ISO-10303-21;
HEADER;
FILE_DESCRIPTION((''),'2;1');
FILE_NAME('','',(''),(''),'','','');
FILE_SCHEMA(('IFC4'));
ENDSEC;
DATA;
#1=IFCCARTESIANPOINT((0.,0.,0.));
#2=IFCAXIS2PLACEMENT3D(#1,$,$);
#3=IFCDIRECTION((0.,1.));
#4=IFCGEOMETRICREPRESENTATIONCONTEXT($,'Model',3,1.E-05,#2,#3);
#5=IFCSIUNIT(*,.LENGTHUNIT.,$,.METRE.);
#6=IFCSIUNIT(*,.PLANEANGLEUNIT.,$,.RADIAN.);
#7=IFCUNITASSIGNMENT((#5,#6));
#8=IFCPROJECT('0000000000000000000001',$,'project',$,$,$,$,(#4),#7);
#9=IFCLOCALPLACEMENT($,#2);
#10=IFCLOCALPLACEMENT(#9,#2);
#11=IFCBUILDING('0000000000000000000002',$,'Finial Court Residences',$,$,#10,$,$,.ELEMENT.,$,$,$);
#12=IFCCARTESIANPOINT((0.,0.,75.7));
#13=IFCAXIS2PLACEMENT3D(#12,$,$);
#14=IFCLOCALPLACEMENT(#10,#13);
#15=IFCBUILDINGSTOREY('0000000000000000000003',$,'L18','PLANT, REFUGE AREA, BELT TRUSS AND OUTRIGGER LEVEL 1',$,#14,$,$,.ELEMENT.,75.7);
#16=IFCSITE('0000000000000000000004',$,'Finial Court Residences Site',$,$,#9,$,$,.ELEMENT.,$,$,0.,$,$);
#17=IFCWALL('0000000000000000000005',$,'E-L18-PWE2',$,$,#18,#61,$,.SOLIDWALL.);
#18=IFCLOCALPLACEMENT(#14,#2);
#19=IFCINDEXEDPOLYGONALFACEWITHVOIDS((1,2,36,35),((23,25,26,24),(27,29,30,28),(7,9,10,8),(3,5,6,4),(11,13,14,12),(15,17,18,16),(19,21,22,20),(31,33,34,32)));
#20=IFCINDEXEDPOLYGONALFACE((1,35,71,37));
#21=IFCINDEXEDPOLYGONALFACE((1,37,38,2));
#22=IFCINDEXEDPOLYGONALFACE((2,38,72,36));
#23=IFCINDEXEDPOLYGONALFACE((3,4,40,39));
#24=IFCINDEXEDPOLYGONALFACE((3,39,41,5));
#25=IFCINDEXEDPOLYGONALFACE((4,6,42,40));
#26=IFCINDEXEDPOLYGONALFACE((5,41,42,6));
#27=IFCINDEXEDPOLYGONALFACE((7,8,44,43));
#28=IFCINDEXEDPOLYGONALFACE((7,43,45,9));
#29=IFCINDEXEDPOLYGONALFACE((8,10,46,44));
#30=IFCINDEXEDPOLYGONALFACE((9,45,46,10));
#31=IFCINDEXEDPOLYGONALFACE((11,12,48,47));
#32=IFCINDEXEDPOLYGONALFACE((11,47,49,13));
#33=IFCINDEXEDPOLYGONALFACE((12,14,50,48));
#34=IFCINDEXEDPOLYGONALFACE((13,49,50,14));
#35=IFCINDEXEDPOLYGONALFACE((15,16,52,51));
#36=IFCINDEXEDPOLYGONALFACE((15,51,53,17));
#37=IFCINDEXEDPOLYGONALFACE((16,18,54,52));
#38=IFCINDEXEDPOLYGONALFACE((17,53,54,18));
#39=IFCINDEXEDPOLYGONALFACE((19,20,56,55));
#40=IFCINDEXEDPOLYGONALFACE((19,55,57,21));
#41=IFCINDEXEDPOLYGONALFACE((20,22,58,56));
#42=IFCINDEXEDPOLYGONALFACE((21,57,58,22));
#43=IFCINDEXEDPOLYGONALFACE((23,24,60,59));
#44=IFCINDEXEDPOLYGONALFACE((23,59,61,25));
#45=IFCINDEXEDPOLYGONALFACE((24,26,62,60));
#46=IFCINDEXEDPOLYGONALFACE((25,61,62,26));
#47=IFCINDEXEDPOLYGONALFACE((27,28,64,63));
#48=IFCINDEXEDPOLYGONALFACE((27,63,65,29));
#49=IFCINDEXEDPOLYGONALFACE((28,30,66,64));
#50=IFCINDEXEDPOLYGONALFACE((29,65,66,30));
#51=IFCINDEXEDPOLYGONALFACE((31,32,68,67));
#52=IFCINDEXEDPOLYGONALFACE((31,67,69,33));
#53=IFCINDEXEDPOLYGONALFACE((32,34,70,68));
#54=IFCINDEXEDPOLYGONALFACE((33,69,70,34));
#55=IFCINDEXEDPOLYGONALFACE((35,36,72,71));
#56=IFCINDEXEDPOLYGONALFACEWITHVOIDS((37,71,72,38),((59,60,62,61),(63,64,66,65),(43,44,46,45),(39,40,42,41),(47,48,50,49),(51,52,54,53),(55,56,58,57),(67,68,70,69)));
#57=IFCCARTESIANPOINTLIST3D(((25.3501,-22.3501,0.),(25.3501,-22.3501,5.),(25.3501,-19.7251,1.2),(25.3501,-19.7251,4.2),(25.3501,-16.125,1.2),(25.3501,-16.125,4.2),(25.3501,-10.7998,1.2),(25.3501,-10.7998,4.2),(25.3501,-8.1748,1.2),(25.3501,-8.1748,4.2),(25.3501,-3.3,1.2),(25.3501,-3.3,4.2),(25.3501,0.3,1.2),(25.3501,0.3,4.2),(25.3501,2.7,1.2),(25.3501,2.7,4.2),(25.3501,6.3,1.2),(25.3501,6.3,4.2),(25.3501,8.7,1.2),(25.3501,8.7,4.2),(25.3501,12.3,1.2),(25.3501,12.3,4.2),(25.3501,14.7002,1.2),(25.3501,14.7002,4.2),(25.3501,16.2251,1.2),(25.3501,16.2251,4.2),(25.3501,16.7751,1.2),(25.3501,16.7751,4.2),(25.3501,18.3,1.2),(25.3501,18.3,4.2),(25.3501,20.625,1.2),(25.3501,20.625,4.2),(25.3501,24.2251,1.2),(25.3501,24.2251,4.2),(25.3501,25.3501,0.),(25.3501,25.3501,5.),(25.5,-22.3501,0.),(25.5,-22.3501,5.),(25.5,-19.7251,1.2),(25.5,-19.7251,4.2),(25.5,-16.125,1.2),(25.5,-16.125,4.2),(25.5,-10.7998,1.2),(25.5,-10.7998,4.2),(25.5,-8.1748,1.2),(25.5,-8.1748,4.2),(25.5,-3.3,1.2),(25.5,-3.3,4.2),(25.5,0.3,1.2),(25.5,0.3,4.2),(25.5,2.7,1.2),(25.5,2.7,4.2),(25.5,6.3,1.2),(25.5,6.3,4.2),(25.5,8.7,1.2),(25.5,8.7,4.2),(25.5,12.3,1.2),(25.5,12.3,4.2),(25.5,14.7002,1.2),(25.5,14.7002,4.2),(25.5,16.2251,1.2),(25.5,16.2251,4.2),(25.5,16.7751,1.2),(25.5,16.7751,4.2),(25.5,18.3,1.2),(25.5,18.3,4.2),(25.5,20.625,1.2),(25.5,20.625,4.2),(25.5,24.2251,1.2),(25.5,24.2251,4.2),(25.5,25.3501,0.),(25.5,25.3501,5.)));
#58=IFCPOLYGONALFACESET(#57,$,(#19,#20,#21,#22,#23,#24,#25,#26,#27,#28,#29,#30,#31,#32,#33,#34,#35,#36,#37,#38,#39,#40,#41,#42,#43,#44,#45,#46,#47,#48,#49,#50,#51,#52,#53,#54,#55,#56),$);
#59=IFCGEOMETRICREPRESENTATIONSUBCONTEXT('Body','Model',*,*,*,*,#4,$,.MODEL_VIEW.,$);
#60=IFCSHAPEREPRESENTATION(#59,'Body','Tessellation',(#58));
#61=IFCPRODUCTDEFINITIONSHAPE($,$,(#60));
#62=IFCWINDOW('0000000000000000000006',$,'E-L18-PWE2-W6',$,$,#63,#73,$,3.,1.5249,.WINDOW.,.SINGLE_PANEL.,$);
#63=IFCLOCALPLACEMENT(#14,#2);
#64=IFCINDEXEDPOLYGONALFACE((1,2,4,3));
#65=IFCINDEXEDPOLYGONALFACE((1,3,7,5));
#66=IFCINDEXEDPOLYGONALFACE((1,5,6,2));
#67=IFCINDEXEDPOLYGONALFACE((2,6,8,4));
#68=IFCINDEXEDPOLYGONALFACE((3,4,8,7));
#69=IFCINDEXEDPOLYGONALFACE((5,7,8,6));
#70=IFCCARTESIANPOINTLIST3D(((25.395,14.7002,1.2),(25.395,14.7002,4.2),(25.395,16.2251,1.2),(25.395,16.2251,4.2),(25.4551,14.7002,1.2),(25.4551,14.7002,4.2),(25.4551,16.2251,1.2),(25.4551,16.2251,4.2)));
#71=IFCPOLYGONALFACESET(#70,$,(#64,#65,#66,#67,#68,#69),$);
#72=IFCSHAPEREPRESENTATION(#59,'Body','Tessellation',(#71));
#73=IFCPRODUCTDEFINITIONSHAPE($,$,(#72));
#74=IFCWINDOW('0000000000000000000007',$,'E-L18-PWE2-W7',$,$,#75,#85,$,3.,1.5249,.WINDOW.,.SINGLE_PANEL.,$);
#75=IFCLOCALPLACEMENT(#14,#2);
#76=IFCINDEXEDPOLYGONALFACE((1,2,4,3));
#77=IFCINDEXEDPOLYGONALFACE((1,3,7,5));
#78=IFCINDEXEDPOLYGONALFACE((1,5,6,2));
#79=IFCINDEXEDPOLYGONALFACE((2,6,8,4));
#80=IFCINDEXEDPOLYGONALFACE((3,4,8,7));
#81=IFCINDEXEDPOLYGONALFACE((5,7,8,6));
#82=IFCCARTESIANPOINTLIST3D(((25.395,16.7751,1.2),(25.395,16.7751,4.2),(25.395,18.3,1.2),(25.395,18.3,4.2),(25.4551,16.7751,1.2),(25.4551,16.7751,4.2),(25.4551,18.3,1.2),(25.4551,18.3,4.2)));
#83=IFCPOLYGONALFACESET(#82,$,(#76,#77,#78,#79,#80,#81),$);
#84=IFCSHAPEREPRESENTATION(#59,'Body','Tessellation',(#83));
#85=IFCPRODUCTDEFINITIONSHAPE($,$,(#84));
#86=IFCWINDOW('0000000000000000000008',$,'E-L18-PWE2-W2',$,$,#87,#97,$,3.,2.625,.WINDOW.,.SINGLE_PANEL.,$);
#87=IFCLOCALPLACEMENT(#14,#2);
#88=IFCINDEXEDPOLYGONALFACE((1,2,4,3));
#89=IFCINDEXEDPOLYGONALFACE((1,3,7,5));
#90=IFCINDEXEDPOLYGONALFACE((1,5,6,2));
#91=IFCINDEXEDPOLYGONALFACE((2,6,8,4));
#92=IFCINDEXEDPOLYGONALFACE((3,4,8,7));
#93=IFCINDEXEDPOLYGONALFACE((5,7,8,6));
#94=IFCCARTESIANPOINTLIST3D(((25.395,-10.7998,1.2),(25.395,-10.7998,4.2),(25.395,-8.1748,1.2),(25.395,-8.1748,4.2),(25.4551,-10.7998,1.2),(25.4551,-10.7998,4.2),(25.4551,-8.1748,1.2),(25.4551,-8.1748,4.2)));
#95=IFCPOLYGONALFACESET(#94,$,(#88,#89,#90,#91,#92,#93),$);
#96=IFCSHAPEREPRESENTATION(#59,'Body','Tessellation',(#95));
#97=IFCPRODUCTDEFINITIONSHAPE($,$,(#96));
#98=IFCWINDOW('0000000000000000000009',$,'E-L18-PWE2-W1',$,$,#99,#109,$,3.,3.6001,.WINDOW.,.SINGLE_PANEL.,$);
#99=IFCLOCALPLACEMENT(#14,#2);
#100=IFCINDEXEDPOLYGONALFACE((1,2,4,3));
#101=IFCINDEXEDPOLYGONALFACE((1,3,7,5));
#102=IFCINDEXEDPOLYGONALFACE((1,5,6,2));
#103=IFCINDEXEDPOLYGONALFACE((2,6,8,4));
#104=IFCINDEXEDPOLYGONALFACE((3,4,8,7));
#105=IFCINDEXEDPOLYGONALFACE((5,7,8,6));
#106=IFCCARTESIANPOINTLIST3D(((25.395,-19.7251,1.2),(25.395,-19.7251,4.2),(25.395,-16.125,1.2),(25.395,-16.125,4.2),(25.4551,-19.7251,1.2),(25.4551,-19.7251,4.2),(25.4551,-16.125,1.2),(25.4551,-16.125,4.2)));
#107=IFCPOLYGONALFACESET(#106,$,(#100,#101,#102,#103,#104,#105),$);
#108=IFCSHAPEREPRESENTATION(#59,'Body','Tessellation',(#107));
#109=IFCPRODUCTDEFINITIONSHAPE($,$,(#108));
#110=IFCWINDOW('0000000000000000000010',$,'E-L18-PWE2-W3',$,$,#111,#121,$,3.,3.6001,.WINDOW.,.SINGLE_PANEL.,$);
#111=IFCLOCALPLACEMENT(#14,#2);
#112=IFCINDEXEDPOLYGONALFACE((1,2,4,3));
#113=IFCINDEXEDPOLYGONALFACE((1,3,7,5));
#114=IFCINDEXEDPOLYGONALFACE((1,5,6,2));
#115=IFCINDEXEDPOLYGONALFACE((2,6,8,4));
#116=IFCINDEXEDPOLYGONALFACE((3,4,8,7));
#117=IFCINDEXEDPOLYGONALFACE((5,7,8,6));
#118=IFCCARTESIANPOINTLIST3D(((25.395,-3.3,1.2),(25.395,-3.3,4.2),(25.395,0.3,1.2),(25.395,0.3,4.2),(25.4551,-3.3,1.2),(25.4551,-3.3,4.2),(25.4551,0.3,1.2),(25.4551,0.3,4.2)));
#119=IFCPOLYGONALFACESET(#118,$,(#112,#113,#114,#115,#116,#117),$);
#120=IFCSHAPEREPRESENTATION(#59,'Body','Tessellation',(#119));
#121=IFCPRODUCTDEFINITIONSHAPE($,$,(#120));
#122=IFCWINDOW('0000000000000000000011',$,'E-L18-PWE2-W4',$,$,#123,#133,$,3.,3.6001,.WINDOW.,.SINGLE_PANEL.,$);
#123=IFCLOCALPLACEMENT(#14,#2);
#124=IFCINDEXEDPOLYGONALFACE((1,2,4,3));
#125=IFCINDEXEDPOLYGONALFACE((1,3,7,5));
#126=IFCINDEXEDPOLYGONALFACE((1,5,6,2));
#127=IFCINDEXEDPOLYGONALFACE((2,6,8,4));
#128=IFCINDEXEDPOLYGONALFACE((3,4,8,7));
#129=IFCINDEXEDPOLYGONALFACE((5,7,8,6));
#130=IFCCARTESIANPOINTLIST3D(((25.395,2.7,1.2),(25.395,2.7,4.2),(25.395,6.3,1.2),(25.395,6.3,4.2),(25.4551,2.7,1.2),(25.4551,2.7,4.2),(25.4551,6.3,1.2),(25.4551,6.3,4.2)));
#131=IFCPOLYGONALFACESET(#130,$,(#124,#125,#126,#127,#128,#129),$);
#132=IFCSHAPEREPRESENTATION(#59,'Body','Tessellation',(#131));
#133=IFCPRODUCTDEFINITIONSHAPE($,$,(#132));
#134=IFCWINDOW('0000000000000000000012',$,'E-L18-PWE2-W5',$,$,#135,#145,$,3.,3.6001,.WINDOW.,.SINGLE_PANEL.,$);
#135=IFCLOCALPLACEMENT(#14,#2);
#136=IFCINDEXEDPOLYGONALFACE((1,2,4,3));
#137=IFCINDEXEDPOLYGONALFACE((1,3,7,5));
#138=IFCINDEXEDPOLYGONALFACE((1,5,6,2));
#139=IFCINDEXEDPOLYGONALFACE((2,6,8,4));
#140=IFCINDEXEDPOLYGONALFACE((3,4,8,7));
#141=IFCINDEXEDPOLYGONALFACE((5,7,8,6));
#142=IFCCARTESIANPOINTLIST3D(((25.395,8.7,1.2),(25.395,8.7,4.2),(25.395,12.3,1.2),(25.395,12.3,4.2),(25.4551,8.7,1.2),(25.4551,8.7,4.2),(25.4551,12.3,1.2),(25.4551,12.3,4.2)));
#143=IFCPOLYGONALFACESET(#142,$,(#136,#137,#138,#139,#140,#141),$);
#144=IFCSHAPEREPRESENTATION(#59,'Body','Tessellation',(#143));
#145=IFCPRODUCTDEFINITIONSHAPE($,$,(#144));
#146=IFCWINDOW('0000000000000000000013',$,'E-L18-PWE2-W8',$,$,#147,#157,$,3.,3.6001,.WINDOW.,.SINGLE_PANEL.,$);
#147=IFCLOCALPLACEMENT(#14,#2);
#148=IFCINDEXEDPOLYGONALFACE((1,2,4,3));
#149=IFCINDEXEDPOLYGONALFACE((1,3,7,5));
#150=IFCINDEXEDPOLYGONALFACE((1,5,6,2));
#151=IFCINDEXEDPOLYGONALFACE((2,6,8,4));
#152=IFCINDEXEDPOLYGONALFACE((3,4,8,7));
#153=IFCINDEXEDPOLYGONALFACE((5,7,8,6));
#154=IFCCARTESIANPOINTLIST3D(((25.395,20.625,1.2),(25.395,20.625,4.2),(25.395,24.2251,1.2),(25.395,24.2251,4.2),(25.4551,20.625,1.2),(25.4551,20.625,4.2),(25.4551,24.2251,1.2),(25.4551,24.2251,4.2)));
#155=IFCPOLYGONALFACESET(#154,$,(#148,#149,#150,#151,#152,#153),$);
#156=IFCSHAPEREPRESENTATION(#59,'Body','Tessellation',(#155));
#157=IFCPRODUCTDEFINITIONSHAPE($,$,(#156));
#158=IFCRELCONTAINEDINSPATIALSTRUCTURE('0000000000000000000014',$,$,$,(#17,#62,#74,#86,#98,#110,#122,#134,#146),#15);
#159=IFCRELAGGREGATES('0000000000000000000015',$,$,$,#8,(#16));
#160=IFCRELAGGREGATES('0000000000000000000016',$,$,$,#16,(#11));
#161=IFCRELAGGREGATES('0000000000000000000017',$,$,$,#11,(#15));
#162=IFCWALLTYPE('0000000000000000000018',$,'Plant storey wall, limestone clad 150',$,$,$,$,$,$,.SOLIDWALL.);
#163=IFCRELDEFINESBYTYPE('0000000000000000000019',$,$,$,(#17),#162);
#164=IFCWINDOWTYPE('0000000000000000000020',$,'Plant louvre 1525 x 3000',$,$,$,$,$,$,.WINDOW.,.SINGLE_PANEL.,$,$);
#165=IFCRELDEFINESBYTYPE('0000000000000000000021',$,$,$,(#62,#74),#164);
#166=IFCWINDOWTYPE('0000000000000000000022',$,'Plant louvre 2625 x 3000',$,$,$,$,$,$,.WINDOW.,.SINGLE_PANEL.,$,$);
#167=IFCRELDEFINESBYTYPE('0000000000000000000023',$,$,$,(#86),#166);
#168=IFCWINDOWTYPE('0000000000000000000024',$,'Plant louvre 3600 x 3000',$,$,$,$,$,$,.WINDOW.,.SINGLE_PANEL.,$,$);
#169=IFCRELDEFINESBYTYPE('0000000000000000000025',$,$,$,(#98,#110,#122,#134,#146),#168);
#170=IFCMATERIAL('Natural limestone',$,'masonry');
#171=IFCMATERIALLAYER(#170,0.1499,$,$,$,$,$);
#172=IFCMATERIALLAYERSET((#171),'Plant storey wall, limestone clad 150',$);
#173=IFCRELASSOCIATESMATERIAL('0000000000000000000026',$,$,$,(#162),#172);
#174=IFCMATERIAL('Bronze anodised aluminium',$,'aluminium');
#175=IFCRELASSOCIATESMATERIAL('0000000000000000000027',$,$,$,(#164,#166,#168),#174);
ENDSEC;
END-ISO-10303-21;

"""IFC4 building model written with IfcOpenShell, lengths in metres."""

from ifc_helpers import new_model, si_unit, direction, frame, frame_2d, origin, place, context, subcontext, project, spatial, rectangle, extrude, material, layer, layer_set, type_object, element, fill, save


model = new_model("IFC4")

# Units and contexts
model_context = context("Model", 3, precision=1e-05, world=origin(), true_north=direction((0.0, 1.0)))
body_context = subcontext(model_context, "Body", "Model", "MODEL_VIEW")
ifc_project = project(units=[si_unit("LENGTHUNIT", "METRE"), si_unit("PLANEANGLEUNIT", "RADIAN")], contexts=[model_context])

# Site, building, storey
site_placement = place(None, origin())
site = spatial("IfcSite", under=ifc_project, at=site_placement, Name="Finial Court Residences Site", CompositionType="ELEMENT", RefElevation=0.0)
building_placement = place(site_placement, origin())
building = spatial("IfcBuilding", under=site, at=building_placement, Name="Finial Court Residences", CompositionType="ELEMENT")
storey_placement = place(building_placement, frame((0.0, 0.0, 75.7)))
storey = spatial("IfcBuildingStorey", under=building, at=storey_placement, Name="L18", Description="PLANT, REFUGE AREA, BELT TRUSS AND OUTRIGGER LEVEL 1", CompositionType="ELEMENT", Elevation=75.7)

# Wall, openings, windows
ifc_material_1 = material(Name="Natural limestone", Category="masonry")
ifc_layer = layer(ifc_material_1, 0.1499)
ifc_layer_set = layer_set([ifc_layer], Name="Plant storey wall, limestone clad 150")
wall_type = type_object("IfcWallType", Name="Plant storey wall, limestone clad 150", PredefinedType="SOLIDWALL", material=ifc_layer_set)
wall_1_placement = place(storey_placement, frame((25.425, 25.3501, 0.0), z_axis=(0.0, 0.0, 1.0), x_axis=(0.0, -1.0, 0.0)))
wall_1 = element("IfcWall", 1, at=wall_1_placement, inside=storey, type_object=wall_type, Name="E-L18-PWE2", PredefinedType="SOLIDWALL", context=body_context, shape_type="SweptSolid", body=[
    extrude(rectangle(XDim=47.7002, YDim=0.1499, at=frame_2d((23.8501, 0.0))), origin(), (0.0, 0.0, 1.0), 5.0),
])
opening_1_placement = place(wall_1_placement, frame((41.4751, 0.0, 1.2)))
opening_1 = element("IfcOpeningElement", 2, at=opening_1_placement, cuts=wall_1, PredefinedType="OPENING", context=body_context, shape_type="SweptSolid", body=[
    extrude(rectangle(XDim=3.6001, YDim=3.0, at=frame_2d((1.8, 1.5))), frame((0.0, 0.085, 0.0), z_axis=(0.0, -1.0, 0.0), x_axis=(1.0, 0.0, 0.0)), (0.0, 0.0, 1.0), 0.1699),
])
opening_2_placement = place(wall_1_placement, frame((33.5249, 0.0, 1.2)))
opening_2 = element("IfcOpeningElement", 3, at=opening_2_placement, cuts=wall_1, PredefinedType="OPENING", context=body_context, shape_type="SweptSolid", body=[
    extrude(rectangle(XDim=2.625, YDim=3.0, at=frame_2d((1.3125, 1.5))), frame((0.0, 0.085, 0.0), z_axis=(0.0, -1.0, 0.0), x_axis=(1.0, 0.0, 0.0)), (0.0, 0.0, 1.0), 0.1699),
])
opening_3_placement = place(wall_1_placement, frame((25.05, 0.0, 1.2)))
opening_3 = element("IfcOpeningElement", 4, at=opening_3_placement, cuts=wall_1, PredefinedType="OPENING", context=body_context, shape_type="SweptSolid", body=[
    extrude(rectangle(XDim=3.6001, YDim=3.0, at=frame_2d((1.8, 1.5))), frame((0.0, 0.085, 0.0), z_axis=(0.0, -1.0, 0.0), x_axis=(1.0, 0.0, 0.0)), (0.0, 0.0, 1.0), 0.1699),
])
opening_4_placement = place(wall_1_placement, frame((19.05, 0.0, 1.2)))
opening_4 = element("IfcOpeningElement", 5, at=opening_4_placement, cuts=wall_1, PredefinedType="OPENING", context=body_context, shape_type="SweptSolid", body=[
    extrude(rectangle(XDim=3.6001, YDim=3.0, at=frame_2d((1.8, 1.5))), frame((0.0, 0.085, 0.0), z_axis=(0.0, -1.0, 0.0), x_axis=(1.0, 0.0, 0.0)), (0.0, 0.0, 1.0), 0.1699),
])
opening_5_placement = place(wall_1_placement, frame((13.05, 0.0, 1.2)))
opening_5 = element("IfcOpeningElement", 6, at=opening_5_placement, cuts=wall_1, PredefinedType="OPENING", context=body_context, shape_type="SweptSolid", body=[
    extrude(rectangle(XDim=3.6001, YDim=3.0, at=frame_2d((1.8, 1.5))), frame((0.0, 0.085, 0.0), z_axis=(0.0, -1.0, 0.0), x_axis=(1.0, 0.0, 0.0)), (0.0, 0.0, 1.0), 0.1699),
])
opening_6_placement = place(wall_1_placement, frame((9.125, 0.0, 1.2)))
opening_6 = element("IfcOpeningElement", 7, at=opening_6_placement, cuts=wall_1, PredefinedType="OPENING", context=body_context, shape_type="SweptSolid", body=[
    extrude(rectangle(XDim=1.5249, YDim=3.0, at=frame_2d((0.7625, 1.5))), frame((0.0, 0.085, 0.0), z_axis=(0.0, -1.0, 0.0), x_axis=(1.0, 0.0, 0.0)), (0.0, 0.0, 1.0), 0.1699),
])
opening_7_placement = place(wall_1_placement, frame((7.05, 0.0, 1.2)))
opening_7 = element("IfcOpeningElement", 8, at=opening_7_placement, cuts=wall_1, PredefinedType="OPENING", context=body_context, shape_type="SweptSolid", body=[
    extrude(rectangle(XDim=1.5249, YDim=3.0, at=frame_2d((0.7625, 1.5))), frame((0.0, 0.085, 0.0), z_axis=(0.0, -1.0, 0.0), x_axis=(1.0, 0.0, 0.0)), (0.0, 0.0, 1.0), 0.1699),
])
opening_8_placement = place(wall_1_placement, frame((1.125, 0.0, 1.2)))
opening_8 = element("IfcOpeningElement", 9, at=opening_8_placement, cuts=wall_1, PredefinedType="OPENING", context=body_context, shape_type="SweptSolid", body=[
    extrude(rectangle(XDim=3.6001, YDim=3.0, at=frame_2d((1.8, 1.5))), frame((0.0, 0.085, 0.0), z_axis=(0.0, -1.0, 0.0), x_axis=(1.0, 0.0, 0.0)), (0.0, 0.0, 1.0), 0.1699),
])
ifc_material_2 = material(Name="Bronze anodised aluminium", Category="aluminium")
window_type_1 = type_object("IfcWindowType", Name="Plant louvre 1525 x 3000", PartitioningType="SINGLE_PANEL", PredefinedType="WINDOW", material=ifc_material_2)
window_1_placement = place(opening_6_placement, origin())
window_1 = element("IfcWindow", 10, at=window_1_placement, inside=storey, type_object=window_type_1, Name="E-L18-PWE2-W6", OverallHeight=3.0, OverallWidth=1.5249, PartitioningType="SINGLE_PANEL", PredefinedType="WINDOW", context=body_context, shape_type="SweptSolid", body=[
    extrude(rectangle(XDim=1.5249, YDim=3.0, at=frame_2d((0.7625, 1.5))), frame((0.0, 0.03, 0.0), z_axis=(0.0, -1.0, 0.0), x_axis=(1.0, 0.0, 0.0)), (0.0, 0.0, 1.0), 0.0601),
])
fill(opening_6, window_1)
window_2_placement = place(opening_7_placement, origin())
window_2 = element("IfcWindow", 11, at=window_2_placement, inside=storey, type_object=window_type_1, Name="E-L18-PWE2-W7", OverallHeight=3.0, OverallWidth=1.5249, PartitioningType="SINGLE_PANEL", PredefinedType="WINDOW", context=body_context, shape_type="SweptSolid", body=[
    extrude(rectangle(XDim=1.5249, YDim=3.0, at=frame_2d((0.7625, 1.5))), frame((0.0, 0.03, 0.0), z_axis=(0.0, -1.0, 0.0), x_axis=(1.0, 0.0, 0.0)), (0.0, 0.0, 1.0), 0.0601),
])
fill(opening_7, window_2)
window_type_2 = type_object("IfcWindowType", Name="Plant louvre 2625 x 3000", PartitioningType="SINGLE_PANEL", PredefinedType="WINDOW", material=ifc_material_2)
window_3_placement = place(opening_2_placement, origin())
window_3 = element("IfcWindow", 12, at=window_3_placement, inside=storey, type_object=window_type_2, Name="E-L18-PWE2-W2", OverallHeight=3.0, OverallWidth=2.625, PartitioningType="SINGLE_PANEL", PredefinedType="WINDOW", context=body_context, shape_type="SweptSolid", body=[
    extrude(rectangle(XDim=2.625, YDim=3.0, at=frame_2d((1.3125, 1.5))), frame((0.0, 0.03, 0.0), z_axis=(0.0, -1.0, 0.0), x_axis=(1.0, 0.0, 0.0)), (0.0, 0.0, 1.0), 0.0601),
])
fill(opening_2, window_3)
window_type_3 = type_object("IfcWindowType", Name="Plant louvre 3600 x 3000", PartitioningType="SINGLE_PANEL", PredefinedType="WINDOW", material=ifc_material_2)
window_4_placement = place(opening_1_placement, origin())
window_4 = element("IfcWindow", 13, at=window_4_placement, inside=storey, type_object=window_type_3, Name="E-L18-PWE2-W1", OverallHeight=3.0, OverallWidth=3.6001, PartitioningType="SINGLE_PANEL", PredefinedType="WINDOW", context=body_context, shape_type="SweptSolid", body=[
    extrude(rectangle(XDim=3.6001, YDim=3.0, at=frame_2d((1.8, 1.5))), frame((0.0, 0.03, 0.0), z_axis=(0.0, -1.0, 0.0), x_axis=(1.0, 0.0, 0.0)), (0.0, 0.0, 1.0), 0.0601),
])
fill(opening_1, window_4)
window_5_placement = place(opening_3_placement, origin())
window_5 = element("IfcWindow", 14, at=window_5_placement, inside=storey, type_object=window_type_3, Name="E-L18-PWE2-W3", OverallHeight=3.0, OverallWidth=3.6001, PartitioningType="SINGLE_PANEL", PredefinedType="WINDOW", context=body_context, shape_type="SweptSolid", body=[
    extrude(rectangle(XDim=3.6001, YDim=3.0, at=frame_2d((1.8, 1.5))), frame((0.0, 0.03, 0.0), z_axis=(0.0, -1.0, 0.0), x_axis=(1.0, 0.0, 0.0)), (0.0, 0.0, 1.0), 0.0601),
])
fill(opening_3, window_5)
window_6_placement = place(opening_4_placement, origin())
window_6 = element("IfcWindow", 15, at=window_6_placement, inside=storey, type_object=window_type_3, Name="E-L18-PWE2-W4", OverallHeight=3.0, OverallWidth=3.6001, PartitioningType="SINGLE_PANEL", PredefinedType="WINDOW", context=body_context, shape_type="SweptSolid", body=[
    extrude(rectangle(XDim=3.6001, YDim=3.0, at=frame_2d((1.8, 1.5))), frame((0.0, 0.03, 0.0), z_axis=(0.0, -1.0, 0.0), x_axis=(1.0, 0.0, 0.0)), (0.0, 0.0, 1.0), 0.0601),
])
fill(opening_4, window_6)
window_7_placement = place(opening_5_placement, origin())
window_7 = element("IfcWindow", 16, at=window_7_placement, inside=storey, type_object=window_type_3, Name="E-L18-PWE2-W5", OverallHeight=3.0, OverallWidth=3.6001, PartitioningType="SINGLE_PANEL", PredefinedType="WINDOW", context=body_context, shape_type="SweptSolid", body=[
    extrude(rectangle(XDim=3.6001, YDim=3.0, at=frame_2d((1.8, 1.5))), frame((0.0, 0.03, 0.0), z_axis=(0.0, -1.0, 0.0), x_axis=(1.0, 0.0, 0.0)), (0.0, 0.0, 1.0), 0.0601),
])
fill(opening_5, window_7)
window_8_placement = place(opening_8_placement, origin())
window_8 = element("IfcWindow", 17, at=window_8_placement, inside=storey, type_object=window_type_3, Name="E-L18-PWE2-W8", OverallHeight=3.0, OverallWidth=3.6001, PartitioningType="SINGLE_PANEL", PredefinedType="WINDOW", context=body_context, shape_type="SweptSolid", body=[
    extrude(rectangle(XDim=3.6001, YDim=3.0, at=frame_2d((1.8, 1.5))), frame((0.0, 0.03, 0.0), z_axis=(0.0, -1.0, 0.0), x_axis=(1.0, 0.0, 0.0)), (0.0, 0.0, 1.0), 0.0601),
])
fill(opening_8, window_8)

save(model, "model.ifc")
